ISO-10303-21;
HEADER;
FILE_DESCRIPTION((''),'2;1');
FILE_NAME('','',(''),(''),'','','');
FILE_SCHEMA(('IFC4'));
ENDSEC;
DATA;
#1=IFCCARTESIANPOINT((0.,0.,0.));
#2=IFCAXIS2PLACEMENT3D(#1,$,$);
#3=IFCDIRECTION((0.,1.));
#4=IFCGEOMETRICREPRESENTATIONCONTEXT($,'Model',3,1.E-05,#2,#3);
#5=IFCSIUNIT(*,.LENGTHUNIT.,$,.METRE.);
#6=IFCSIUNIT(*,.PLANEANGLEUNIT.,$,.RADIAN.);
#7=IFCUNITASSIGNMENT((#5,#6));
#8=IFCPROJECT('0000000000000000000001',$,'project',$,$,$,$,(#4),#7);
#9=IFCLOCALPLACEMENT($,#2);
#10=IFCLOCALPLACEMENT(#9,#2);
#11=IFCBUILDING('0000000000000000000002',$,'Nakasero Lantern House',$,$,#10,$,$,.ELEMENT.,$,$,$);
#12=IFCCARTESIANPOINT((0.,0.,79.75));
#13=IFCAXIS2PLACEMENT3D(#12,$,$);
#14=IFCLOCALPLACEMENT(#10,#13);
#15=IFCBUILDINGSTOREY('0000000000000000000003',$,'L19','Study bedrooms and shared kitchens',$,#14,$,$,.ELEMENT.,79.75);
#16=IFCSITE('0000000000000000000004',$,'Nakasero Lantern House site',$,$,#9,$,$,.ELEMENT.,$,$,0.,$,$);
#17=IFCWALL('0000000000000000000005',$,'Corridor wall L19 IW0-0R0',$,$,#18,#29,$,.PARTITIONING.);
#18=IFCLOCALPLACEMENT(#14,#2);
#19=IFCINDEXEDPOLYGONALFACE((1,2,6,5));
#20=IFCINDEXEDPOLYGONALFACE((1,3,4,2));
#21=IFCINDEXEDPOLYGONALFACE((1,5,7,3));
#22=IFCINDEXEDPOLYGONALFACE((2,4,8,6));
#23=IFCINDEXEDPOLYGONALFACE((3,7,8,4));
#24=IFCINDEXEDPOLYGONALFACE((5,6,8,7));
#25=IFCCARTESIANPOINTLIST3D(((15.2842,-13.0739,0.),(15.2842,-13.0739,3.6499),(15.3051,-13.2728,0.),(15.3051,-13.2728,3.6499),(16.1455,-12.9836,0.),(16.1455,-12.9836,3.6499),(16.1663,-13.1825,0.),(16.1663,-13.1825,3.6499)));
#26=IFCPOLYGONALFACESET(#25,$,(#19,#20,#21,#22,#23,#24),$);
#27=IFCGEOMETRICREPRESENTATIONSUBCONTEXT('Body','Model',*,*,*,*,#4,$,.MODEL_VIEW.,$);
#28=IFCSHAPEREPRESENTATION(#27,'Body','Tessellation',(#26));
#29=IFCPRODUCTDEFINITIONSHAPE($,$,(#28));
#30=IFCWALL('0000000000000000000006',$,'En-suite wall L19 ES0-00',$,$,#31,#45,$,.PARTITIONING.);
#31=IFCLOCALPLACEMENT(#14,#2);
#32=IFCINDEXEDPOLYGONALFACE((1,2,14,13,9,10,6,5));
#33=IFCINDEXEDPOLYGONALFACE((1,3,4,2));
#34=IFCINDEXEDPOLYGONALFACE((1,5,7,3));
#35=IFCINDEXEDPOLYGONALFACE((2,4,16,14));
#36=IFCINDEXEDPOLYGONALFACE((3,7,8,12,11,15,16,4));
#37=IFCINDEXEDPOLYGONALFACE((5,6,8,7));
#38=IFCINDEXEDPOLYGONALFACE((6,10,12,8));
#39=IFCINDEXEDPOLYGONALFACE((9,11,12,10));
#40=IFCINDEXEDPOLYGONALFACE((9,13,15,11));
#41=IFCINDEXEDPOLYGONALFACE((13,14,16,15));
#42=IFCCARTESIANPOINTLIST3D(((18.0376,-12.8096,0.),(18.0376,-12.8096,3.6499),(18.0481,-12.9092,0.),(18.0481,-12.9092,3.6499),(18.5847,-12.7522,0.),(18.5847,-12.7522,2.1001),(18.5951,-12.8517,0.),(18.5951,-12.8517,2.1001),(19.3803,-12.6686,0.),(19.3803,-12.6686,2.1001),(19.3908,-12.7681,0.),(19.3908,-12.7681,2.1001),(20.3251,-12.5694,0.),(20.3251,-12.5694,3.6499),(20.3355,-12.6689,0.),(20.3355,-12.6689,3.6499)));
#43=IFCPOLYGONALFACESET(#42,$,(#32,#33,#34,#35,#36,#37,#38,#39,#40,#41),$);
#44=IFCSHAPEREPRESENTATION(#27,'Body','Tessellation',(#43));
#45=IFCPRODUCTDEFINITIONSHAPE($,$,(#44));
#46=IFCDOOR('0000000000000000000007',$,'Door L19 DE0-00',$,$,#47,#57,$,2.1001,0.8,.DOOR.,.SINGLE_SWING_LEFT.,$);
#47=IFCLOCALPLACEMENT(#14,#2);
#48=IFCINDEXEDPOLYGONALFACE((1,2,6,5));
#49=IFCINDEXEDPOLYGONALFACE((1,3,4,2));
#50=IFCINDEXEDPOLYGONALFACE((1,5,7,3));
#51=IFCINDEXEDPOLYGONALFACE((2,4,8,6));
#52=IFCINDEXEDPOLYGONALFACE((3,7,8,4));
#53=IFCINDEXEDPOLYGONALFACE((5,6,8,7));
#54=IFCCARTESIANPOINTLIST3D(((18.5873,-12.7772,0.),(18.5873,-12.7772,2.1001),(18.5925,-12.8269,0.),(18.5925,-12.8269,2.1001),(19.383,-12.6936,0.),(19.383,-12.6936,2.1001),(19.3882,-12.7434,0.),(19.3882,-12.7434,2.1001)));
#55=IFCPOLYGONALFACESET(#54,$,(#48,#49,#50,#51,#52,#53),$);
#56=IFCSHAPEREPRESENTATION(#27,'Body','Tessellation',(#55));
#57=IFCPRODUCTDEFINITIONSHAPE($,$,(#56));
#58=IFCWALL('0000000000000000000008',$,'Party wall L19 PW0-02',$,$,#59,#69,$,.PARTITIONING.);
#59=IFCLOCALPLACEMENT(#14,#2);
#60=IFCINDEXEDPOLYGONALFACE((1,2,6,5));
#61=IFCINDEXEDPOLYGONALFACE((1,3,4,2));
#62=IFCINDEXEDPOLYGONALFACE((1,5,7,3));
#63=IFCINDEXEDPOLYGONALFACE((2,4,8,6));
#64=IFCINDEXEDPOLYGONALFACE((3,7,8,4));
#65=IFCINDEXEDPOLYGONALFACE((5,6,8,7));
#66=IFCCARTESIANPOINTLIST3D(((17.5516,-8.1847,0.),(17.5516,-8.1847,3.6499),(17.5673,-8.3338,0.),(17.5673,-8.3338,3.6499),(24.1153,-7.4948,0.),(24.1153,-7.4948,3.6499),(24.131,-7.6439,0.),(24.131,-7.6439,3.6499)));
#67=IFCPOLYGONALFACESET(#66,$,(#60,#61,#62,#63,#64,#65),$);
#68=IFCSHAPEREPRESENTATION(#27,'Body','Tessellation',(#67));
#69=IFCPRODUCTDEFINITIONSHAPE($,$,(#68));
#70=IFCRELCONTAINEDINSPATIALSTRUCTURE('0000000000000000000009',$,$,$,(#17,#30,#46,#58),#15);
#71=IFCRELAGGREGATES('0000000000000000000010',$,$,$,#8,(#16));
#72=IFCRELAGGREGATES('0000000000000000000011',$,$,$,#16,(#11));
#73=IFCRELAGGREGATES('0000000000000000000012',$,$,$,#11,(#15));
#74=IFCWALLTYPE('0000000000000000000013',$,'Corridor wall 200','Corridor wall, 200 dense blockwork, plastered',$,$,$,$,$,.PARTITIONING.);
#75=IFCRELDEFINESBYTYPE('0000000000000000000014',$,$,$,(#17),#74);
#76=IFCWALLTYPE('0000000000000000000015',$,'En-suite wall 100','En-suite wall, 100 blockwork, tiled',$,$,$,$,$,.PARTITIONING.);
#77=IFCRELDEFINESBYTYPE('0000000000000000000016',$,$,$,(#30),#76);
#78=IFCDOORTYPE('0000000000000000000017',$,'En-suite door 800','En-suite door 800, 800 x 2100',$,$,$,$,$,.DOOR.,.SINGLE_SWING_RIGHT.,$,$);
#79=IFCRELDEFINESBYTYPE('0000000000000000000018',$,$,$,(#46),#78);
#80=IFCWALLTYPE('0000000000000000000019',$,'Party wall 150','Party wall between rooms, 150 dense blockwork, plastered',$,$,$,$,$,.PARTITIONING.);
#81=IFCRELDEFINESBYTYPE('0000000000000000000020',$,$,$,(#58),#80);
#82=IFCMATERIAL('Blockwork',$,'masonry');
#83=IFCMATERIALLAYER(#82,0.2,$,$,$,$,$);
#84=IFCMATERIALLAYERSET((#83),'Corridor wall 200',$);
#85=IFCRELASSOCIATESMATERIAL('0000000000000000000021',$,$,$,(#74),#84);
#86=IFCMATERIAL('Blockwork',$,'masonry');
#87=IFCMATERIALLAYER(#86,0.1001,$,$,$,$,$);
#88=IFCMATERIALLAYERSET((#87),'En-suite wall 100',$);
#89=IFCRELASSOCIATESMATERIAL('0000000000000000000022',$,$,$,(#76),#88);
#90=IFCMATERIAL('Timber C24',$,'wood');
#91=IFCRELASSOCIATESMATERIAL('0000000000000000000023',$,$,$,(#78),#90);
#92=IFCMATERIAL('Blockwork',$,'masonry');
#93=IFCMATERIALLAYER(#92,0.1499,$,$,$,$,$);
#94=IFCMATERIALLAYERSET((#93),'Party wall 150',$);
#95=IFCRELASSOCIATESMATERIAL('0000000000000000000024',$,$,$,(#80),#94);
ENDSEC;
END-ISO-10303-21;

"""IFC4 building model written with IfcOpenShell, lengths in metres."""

from ifc_helpers import new_model, si_unit, direction, frame, frame_2d, origin, place, context, subcontext, project, spatial, rectangle, extrude, material, layer, layer_set, type_object, element, fill, save


model = new_model("IFC4")

# Units and contexts
model_context = context("Model", 3, precision=1e-05, world=origin(), true_north=direction((0.0, 1.0)))
body_context = subcontext(model_context, "Body", "Model", "MODEL_VIEW")
ifc_project = project(units=[si_unit("LENGTHUNIT", "METRE"), si_unit("PLANEANGLEUNIT", "RADIAN")], contexts=[model_context])

# Site, building, storey
site_placement = place(None, origin())
site = spatial("IfcSite", under=ifc_project, at=site_placement, Name="Nakasero Lantern House site", CompositionType="ELEMENT", RefElevation=0.0)
building_placement = place(site_placement, origin())
building = spatial("IfcBuilding", under=site, at=building_placement, Name="Nakasero Lantern House", CompositionType="ELEMENT")
storey_placement = place(building_placement, frame((0.0, 0.0, 79.75)))
storey = spatial("IfcBuildingStorey", under=building, at=storey_placement, Name="L19", Description="Study bedrooms and shared kitchens", CompositionType="ELEMENT", Elevation=79.75)

# Shared definitions
ifc_material_1 = material(Name="Blockwork", Category="masonry")
ifc_layer_1 = layer(ifc_material_1, 0.2)
ifc_layer_set_1 = layer_set([ifc_layer_1], Name="Corridor wall 200")
wall_type_1 = type_object("IfcWallType", Name="Corridor wall 200", Description="Corridor wall, 200 dense blockwork, plastered", PredefinedType="PARTITIONING", material=ifc_layer_set_1)

# Wall
wall_1_placement = place(storey_placement, frame((16.156, -13.083, 0.0), z_axis=(0.0, 0.0, 1.0), x_axis=(-0.994546, -0.104303, 0.0)))
element("IfcWall", 1, at=wall_1_placement, inside=storey, type_object=wall_type_1, Name="Corridor wall L19 IW0-0R0", PredefinedType="PARTITIONING", context=body_context, shape_type="SweptSolid", body=[
    extrude(rectangle(XDim=0.866, YDim=0.2, at=frame_2d((0.4331, 0.0))), origin(), (0.0, 0.0, 1.0), 3.6499),
])

# Wall, opening, door
ifc_material_2 = material(Name="Blockwork", Category="masonry")
ifc_layer_2 = layer(ifc_material_2, 0.1001)
ifc_layer_set_2 = layer_set([ifc_layer_2], Name="En-suite wall 100")
wall_type_2 = type_object("IfcWallType", Name="En-suite wall 100", Description="En-suite wall, 100 blockwork, tiled", PredefinedType="PARTITIONING", material=ifc_layer_set_2)
wall_2_placement = place(storey_placement, frame((18.043, -12.8594, 0.0), z_axis=(0.0, 0.0, 1.0), x_axis=(0.99453, 0.104453, 0.0)))
wall_2 = element("IfcWall", 2, at=wall_2_placement, inside=storey, type_object=wall_type_2, Name="En-suite wall L19 ES0-00", PredefinedType="PARTITIONING", context=body_context, shape_type="SweptSolid", body=[
    extrude(rectangle(XDim=2.3, YDim=0.1001, at=frame_2d((1.1499, 0.0))), origin(), (0.0, 0.0, 1.0), 3.6499),
])
opening_1_placement = place(wall_2_placement, frame((0.55, 0.0, 0.0)))
opening_1 = element("IfcOpeningElement", 3, at=opening_1_placement, cuts=wall_2, PredefinedType="OPENING", context=body_context, shape_type="SweptSolid", body=[
    extrude(rectangle(XDim=0.8, YDim=2.1001, at=frame_2d((0.3999, 1.05))), frame((0.0, 0.0701, 0.0), z_axis=(0.0, -1.0, 0.0), x_axis=(1.0, 0.0, 0.0)), (0.0, 0.0, 1.0), 0.1401),
])
ifc_material_3 = material(Name="Timber C24", Category="wood")
door_type_1 = type_object("IfcDoorType", Name="En-suite door 800", Description="En-suite door 800, 800 x 2100", OperationType="SINGLE_SWING_RIGHT", PredefinedType="DOOR", material=ifc_material_3)
door_1_placement = place(opening_1_placement, origin())
door_1 = element("IfcDoor", 4, at=door_1_placement, inside=storey, type_object=door_type_1, Name="Door L19 DE0-00", OperationType="SINGLE_SWING_LEFT", OverallHeight=2.1001, OverallWidth=0.8, PredefinedType="DOOR", context=body_context, shape_type="SweptSolid", body=[
    extrude(rectangle(XDim=0.8, YDim=2.1001, at=frame_2d((0.3999, 1.05))), frame((0.0, 0.0249, 0.0), z_axis=(0.0, -1.0, 0.0), x_axis=(1.0, 0.0, 0.0)), (0.0, 0.0, 1.0), 0.05),
])
fill(opening_1, door_1)

# Wall
ifc_material_4 = material(Name="Blockwork", Category="masonry")
ifc_layer_3 = layer(ifc_material_4, 0.1499)
ifc_layer_set_3 = layer_set([ifc_layer_3], Name="Party wall 150")
wall_type_3 = type_object("IfcWallType", Name="Party wall 150", Description="Party wall between rooms, 150 dense blockwork, plastered", PredefinedType="PARTITIONING", material=ifc_layer_set_3)
wall_3_placement = place(storey_placement, frame((17.5596, -8.2593, 0.0), z_axis=(0.0, 0.0, 1.0), x_axis=(0.994521, 0.104538, 0.0)))
element("IfcWall", 5, at=wall_3_placement, inside=storey, type_object=wall_type_3, Name="Party wall L19 PW0-02", PredefinedType="PARTITIONING", context=body_context, shape_type="SweptSolid", body=[
    extrude(rectangle(XDim=6.5999, YDim=0.1499, at=frame_2d((3.2998, 0.0))), origin(), (0.0, 0.0, 1.0), 3.6499),
])

save(model, "model.ifc")
